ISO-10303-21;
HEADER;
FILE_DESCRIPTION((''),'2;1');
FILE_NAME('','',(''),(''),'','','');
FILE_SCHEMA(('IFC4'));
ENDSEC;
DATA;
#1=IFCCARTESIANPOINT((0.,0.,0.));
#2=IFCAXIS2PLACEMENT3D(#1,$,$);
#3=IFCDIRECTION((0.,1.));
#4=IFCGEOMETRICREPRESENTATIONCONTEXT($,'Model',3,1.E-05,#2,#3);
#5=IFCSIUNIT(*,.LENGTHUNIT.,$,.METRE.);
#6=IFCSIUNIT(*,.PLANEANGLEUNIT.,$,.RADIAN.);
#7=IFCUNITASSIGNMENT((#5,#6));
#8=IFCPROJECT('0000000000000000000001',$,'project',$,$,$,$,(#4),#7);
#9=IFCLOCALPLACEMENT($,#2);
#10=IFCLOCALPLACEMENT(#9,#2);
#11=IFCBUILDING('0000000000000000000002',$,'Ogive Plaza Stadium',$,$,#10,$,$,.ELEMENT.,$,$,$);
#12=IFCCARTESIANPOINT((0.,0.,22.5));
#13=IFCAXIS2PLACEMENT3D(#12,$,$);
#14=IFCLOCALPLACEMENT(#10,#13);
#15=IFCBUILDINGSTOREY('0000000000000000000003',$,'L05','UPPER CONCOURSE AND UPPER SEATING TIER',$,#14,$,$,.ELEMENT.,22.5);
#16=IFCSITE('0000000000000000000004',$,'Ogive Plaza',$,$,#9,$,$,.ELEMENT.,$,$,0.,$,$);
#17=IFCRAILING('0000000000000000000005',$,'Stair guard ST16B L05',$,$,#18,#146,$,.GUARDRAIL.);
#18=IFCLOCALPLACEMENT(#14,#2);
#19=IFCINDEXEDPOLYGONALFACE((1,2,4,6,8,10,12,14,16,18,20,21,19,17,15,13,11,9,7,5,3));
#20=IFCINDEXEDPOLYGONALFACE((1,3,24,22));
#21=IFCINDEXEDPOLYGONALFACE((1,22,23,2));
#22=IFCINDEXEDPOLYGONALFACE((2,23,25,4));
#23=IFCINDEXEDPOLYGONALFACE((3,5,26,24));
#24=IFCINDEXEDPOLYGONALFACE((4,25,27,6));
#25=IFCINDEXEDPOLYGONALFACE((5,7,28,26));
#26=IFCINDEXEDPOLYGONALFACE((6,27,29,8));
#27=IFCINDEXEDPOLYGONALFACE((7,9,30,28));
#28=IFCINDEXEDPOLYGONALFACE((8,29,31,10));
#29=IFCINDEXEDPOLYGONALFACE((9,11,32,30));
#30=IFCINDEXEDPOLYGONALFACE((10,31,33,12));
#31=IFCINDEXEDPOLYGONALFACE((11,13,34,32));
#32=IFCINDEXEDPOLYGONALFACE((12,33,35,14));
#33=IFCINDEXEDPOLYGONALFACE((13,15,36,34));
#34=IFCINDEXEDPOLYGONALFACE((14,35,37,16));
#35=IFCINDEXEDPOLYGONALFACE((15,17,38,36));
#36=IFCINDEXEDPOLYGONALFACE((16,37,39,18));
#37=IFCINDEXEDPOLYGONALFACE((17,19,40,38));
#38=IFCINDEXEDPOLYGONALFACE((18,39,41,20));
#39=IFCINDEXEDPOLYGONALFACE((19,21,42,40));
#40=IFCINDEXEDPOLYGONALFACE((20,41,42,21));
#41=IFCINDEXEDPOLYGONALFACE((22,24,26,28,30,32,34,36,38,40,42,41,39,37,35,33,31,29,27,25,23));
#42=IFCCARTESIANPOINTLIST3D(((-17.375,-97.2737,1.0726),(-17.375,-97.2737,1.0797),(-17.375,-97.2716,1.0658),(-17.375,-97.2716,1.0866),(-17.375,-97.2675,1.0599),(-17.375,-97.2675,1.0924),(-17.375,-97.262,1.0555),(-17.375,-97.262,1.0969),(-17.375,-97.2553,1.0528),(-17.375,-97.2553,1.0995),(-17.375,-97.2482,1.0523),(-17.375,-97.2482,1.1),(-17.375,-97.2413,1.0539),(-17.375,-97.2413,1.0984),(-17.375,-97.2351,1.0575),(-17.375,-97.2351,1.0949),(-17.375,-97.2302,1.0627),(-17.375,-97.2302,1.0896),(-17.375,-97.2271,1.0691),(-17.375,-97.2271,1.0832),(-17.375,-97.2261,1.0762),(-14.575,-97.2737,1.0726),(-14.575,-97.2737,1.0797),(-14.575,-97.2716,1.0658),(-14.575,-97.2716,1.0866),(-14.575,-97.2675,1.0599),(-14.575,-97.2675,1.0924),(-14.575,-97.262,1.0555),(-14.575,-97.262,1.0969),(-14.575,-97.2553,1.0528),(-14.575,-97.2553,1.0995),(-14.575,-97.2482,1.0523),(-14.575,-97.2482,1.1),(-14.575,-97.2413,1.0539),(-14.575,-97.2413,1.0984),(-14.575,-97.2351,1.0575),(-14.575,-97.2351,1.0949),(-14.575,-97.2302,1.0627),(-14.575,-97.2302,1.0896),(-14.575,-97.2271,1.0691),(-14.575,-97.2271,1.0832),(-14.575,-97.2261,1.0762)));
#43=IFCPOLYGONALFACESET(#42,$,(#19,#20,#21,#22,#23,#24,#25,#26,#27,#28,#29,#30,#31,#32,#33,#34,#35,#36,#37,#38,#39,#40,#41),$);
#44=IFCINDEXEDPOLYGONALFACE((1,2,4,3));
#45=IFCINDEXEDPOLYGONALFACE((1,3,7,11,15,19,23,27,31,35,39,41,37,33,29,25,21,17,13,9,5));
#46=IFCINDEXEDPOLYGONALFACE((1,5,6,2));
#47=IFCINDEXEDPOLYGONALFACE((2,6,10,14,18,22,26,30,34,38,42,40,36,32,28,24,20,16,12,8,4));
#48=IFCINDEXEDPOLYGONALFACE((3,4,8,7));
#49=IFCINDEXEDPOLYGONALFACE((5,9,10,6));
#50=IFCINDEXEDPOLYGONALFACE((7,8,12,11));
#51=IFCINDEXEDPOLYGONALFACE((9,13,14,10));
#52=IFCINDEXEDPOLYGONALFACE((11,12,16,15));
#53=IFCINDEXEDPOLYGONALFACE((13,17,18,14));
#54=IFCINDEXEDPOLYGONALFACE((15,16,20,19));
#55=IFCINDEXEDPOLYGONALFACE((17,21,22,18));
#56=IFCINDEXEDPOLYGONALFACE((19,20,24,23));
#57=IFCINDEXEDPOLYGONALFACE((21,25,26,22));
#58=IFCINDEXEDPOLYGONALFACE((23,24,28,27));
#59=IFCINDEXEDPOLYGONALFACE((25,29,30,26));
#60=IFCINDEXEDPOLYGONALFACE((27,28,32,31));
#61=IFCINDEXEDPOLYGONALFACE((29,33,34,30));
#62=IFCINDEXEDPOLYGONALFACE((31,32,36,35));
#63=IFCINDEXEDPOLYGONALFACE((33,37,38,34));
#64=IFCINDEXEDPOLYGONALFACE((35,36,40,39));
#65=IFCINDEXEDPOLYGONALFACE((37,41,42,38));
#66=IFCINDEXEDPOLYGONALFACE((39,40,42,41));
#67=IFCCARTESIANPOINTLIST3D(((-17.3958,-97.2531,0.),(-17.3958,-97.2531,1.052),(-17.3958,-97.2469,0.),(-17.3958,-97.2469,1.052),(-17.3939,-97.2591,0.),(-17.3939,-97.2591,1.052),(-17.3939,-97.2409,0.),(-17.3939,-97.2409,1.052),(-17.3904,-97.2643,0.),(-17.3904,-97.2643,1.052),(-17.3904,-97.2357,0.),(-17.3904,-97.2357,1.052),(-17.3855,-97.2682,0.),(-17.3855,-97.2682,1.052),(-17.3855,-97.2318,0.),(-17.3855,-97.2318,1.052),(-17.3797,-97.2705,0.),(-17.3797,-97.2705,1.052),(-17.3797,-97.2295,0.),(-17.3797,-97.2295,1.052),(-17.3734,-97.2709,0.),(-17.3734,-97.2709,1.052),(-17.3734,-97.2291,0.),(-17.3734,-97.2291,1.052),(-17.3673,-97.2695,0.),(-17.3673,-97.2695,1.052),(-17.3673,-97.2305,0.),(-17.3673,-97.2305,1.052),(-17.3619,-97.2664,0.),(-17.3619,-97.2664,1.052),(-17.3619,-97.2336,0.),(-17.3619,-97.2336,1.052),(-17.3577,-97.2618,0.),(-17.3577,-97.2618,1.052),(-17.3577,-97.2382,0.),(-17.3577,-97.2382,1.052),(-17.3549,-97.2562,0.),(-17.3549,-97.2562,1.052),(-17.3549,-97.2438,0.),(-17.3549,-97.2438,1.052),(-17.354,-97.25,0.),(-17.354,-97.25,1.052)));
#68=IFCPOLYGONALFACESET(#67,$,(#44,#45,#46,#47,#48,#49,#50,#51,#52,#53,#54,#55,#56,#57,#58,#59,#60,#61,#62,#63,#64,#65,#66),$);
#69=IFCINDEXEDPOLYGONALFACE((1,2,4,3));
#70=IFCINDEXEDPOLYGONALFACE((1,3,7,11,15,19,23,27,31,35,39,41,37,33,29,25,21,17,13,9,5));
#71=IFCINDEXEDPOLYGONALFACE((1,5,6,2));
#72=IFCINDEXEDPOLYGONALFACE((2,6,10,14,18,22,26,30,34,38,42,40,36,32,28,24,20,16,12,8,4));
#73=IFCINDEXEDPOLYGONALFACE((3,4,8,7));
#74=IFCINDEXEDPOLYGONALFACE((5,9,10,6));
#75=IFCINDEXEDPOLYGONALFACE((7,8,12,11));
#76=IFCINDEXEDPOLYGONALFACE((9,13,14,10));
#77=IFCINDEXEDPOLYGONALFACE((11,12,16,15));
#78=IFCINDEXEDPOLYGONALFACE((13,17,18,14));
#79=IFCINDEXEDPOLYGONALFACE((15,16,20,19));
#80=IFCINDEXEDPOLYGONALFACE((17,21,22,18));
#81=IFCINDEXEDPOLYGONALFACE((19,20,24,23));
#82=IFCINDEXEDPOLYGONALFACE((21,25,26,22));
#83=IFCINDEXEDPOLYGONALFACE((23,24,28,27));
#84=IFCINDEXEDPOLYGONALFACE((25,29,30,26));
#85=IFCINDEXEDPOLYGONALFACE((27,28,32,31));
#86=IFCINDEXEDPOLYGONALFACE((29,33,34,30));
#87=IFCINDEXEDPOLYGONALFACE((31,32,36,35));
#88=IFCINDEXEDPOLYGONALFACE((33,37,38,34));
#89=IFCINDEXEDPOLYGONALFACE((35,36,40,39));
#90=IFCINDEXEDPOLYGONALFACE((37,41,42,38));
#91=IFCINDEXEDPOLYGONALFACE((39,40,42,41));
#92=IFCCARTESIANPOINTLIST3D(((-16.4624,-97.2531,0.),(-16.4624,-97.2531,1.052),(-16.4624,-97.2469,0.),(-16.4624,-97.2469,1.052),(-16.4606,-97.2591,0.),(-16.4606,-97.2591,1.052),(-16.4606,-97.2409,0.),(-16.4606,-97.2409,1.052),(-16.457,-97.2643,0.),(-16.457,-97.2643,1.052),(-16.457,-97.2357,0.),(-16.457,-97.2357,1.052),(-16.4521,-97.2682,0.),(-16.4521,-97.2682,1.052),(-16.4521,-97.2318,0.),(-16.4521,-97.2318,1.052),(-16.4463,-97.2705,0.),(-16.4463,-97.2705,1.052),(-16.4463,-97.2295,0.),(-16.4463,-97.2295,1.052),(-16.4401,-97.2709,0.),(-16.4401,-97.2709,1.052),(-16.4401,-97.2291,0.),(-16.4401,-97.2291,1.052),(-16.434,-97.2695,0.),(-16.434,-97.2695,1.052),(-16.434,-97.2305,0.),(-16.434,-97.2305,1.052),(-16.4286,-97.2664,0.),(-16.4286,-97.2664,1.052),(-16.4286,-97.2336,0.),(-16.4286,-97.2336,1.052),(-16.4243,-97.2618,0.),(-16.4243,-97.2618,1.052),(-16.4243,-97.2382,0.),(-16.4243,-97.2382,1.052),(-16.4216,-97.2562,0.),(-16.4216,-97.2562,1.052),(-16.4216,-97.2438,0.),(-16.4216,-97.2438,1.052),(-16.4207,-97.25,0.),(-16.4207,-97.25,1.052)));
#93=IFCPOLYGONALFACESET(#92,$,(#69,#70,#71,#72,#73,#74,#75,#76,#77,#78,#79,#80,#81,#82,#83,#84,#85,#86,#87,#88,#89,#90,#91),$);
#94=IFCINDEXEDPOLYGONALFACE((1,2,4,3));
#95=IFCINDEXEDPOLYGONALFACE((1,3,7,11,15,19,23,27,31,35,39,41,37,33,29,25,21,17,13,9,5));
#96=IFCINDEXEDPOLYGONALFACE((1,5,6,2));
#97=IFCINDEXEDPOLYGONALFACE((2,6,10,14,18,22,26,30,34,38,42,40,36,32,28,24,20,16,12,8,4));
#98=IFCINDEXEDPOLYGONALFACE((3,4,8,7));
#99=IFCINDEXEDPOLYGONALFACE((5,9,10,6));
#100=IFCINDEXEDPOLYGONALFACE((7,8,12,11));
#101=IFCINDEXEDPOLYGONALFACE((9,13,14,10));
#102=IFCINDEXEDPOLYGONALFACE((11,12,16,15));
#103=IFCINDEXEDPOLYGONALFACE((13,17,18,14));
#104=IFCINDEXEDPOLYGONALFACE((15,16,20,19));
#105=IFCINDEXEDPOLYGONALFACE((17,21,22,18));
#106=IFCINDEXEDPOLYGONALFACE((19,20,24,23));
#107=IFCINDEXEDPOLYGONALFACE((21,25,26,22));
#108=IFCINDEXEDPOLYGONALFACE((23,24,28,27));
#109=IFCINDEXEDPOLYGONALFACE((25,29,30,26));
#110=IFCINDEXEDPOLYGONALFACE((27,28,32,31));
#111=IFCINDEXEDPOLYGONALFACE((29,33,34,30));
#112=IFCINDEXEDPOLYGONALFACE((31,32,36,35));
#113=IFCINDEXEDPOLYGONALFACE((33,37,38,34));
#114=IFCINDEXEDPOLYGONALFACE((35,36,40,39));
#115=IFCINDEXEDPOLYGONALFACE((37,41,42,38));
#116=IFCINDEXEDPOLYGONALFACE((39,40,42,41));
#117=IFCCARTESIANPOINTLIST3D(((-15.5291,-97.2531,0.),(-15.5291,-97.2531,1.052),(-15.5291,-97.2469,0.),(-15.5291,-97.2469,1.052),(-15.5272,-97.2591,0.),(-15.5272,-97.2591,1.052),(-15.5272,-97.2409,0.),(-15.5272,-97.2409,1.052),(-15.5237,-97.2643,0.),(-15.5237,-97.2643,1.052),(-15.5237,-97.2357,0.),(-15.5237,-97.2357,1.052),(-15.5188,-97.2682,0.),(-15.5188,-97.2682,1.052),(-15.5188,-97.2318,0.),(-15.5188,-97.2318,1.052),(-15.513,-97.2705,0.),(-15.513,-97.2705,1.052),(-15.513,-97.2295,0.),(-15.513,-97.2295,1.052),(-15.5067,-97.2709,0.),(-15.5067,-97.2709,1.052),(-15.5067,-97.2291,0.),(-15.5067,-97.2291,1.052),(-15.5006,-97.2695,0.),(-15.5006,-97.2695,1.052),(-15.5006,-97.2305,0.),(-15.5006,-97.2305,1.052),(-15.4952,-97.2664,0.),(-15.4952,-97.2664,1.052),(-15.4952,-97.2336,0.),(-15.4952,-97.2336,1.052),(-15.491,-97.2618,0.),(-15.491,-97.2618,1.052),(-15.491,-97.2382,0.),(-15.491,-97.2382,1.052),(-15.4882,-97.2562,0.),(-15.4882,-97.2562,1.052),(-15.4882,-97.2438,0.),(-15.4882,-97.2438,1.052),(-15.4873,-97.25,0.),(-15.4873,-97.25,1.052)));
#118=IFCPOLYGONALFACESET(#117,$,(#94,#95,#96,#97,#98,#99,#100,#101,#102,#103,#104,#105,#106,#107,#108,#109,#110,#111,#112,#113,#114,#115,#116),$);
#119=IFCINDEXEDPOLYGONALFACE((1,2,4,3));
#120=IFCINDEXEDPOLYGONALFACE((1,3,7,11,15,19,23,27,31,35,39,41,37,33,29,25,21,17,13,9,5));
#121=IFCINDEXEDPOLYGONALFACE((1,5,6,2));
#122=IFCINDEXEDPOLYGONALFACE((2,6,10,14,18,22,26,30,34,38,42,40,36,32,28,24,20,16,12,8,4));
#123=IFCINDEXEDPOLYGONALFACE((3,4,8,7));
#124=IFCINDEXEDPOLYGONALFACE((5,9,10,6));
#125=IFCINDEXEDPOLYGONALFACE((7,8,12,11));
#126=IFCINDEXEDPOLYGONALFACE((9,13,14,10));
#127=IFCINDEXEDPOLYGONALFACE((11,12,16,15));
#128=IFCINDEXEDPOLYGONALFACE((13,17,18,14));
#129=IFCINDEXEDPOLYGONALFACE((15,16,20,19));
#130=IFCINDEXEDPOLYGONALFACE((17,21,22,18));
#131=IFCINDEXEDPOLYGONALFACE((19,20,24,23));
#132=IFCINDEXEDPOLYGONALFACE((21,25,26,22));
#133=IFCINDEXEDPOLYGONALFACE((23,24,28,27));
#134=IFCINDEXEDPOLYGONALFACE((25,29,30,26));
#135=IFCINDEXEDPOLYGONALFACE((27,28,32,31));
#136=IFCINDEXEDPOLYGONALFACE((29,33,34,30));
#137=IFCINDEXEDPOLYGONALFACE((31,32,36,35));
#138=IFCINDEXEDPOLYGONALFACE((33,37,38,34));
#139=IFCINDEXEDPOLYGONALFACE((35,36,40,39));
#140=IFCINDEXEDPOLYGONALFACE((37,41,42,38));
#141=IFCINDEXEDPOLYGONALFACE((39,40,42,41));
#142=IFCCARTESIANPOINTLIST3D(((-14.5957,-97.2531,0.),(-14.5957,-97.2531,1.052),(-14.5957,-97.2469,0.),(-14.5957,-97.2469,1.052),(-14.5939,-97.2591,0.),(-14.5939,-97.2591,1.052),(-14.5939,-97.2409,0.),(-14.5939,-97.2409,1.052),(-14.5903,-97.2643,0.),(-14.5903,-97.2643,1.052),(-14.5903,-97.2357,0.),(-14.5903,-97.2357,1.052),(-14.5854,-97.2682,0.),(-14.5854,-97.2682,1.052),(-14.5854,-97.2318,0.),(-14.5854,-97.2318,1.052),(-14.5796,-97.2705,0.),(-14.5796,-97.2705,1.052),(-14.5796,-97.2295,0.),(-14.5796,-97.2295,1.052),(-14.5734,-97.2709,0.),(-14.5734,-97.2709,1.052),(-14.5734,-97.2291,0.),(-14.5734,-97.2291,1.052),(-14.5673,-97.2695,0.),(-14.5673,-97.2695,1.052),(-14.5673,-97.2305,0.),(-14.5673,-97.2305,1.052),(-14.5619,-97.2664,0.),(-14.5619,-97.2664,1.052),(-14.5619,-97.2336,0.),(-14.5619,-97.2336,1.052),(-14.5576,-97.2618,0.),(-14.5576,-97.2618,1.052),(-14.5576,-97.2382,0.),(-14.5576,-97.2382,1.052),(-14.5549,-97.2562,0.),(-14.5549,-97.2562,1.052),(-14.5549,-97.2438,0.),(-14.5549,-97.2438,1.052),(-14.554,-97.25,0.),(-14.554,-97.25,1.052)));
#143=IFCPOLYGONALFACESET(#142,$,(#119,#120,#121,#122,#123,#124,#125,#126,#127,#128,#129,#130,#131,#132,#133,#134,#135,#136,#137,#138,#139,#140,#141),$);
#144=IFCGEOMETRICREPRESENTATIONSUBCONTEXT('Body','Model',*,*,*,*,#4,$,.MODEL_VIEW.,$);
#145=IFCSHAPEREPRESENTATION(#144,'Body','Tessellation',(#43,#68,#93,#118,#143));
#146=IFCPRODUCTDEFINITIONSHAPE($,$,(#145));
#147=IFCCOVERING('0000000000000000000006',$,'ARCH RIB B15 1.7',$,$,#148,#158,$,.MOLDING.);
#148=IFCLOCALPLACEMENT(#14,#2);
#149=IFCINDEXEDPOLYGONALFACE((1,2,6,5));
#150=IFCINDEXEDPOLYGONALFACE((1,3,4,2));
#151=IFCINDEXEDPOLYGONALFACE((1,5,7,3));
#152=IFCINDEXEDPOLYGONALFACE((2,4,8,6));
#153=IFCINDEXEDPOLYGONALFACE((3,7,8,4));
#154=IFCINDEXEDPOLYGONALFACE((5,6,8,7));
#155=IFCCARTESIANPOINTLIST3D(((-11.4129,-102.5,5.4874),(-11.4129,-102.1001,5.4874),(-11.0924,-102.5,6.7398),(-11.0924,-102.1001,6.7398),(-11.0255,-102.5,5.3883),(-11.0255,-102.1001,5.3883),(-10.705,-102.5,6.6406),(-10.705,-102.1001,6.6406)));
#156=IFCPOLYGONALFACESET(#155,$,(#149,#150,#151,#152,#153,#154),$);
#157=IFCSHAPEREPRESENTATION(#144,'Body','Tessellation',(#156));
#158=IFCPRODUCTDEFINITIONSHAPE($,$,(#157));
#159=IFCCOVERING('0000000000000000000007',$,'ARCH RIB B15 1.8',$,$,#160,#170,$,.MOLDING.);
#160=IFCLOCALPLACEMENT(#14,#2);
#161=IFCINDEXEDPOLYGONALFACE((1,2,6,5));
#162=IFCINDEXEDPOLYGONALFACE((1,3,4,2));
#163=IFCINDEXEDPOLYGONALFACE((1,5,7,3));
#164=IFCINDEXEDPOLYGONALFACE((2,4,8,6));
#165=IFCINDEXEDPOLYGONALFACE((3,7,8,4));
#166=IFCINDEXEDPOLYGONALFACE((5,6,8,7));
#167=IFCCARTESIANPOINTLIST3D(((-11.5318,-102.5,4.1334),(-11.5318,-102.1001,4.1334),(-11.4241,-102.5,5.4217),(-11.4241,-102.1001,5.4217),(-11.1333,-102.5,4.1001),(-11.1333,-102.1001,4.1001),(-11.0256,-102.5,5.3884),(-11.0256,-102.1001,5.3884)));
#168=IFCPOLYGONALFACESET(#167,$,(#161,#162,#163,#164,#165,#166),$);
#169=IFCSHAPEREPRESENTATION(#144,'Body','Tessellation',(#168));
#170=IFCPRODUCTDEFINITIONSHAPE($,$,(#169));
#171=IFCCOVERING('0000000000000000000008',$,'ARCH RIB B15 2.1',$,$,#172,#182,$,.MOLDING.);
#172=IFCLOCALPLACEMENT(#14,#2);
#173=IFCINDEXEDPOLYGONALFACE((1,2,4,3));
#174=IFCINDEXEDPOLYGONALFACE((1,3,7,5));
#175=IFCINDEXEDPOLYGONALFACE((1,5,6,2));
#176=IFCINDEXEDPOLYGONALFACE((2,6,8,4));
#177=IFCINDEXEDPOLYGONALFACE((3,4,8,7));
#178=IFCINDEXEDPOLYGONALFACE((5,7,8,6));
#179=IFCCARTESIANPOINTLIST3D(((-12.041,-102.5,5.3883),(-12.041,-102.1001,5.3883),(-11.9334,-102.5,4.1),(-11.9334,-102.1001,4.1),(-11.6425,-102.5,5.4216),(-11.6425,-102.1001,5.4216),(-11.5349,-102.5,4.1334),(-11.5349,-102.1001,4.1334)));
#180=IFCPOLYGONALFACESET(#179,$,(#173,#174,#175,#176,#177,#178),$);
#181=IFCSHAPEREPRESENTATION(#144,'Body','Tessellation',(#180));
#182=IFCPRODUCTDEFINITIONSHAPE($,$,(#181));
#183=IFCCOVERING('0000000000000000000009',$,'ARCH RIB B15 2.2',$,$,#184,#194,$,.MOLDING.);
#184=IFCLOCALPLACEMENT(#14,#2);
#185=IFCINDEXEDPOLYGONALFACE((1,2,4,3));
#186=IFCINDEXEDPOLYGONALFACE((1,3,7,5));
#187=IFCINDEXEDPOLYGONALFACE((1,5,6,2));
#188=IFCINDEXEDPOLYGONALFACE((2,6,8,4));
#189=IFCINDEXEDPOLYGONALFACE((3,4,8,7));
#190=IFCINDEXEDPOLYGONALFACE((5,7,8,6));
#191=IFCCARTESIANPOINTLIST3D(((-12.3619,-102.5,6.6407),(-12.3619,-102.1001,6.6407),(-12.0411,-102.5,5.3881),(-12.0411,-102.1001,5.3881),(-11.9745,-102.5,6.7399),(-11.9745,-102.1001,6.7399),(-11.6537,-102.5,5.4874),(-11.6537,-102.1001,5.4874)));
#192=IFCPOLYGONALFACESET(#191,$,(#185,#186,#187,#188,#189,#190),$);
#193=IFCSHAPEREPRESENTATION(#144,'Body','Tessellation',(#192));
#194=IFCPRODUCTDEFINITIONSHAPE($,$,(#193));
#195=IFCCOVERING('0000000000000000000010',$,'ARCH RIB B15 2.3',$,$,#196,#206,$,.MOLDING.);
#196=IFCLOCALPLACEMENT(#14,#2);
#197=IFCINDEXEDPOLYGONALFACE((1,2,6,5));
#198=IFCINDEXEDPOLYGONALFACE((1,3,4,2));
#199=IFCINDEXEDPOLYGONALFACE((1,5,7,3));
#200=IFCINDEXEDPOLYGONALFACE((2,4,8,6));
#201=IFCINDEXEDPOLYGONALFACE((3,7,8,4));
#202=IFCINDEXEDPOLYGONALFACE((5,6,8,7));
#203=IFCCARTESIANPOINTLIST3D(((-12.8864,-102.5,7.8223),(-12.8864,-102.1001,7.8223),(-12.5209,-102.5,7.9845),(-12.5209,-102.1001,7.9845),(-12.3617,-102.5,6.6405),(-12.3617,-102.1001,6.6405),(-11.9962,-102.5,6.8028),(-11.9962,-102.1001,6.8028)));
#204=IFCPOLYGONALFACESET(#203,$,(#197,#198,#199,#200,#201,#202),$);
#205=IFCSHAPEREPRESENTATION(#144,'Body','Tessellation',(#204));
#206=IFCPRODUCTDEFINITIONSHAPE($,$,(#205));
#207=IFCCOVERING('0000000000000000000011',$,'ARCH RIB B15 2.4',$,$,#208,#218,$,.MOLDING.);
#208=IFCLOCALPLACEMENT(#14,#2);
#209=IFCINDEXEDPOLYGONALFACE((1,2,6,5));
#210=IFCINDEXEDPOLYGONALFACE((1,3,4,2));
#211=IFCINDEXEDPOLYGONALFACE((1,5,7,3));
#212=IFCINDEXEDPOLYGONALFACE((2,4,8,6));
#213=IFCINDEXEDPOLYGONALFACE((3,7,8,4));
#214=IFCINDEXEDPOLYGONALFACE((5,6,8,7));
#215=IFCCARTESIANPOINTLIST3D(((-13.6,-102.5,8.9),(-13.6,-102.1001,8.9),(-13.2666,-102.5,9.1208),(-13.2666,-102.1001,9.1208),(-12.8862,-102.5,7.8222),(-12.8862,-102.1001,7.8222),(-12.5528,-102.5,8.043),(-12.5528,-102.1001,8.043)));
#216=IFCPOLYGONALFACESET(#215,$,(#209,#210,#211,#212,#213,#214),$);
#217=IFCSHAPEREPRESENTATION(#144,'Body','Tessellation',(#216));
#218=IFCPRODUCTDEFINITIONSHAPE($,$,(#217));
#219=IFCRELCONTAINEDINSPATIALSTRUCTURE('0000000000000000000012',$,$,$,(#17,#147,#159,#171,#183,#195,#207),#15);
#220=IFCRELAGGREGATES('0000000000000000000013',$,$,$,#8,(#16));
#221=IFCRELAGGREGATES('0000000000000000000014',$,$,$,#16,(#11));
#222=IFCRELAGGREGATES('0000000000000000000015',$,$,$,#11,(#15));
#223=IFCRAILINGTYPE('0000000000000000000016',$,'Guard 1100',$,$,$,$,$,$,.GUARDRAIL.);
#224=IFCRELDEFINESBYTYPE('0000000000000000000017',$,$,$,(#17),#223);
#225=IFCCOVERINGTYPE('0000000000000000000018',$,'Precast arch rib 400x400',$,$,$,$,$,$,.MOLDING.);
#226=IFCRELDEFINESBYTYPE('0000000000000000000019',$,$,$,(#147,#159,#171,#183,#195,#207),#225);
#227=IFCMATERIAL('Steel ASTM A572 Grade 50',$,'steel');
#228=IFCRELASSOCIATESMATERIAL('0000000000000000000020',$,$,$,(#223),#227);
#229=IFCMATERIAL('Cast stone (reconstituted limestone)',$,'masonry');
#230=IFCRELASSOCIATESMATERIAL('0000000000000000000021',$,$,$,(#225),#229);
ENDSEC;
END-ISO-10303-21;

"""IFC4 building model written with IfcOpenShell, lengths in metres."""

from ifc_helpers import new_model, si_unit, direction, frame, origin, origin_2d, place, context, subcontext, project, spatial, rectangle, circle, extrude, material, material_profile, profile_set, type_object, element, save


model = new_model("IFC4")

# Units and contexts
model_context = context("Model", 3, precision=1e-05, world=origin(), true_north=direction((0.0, 1.0)))
body_context = subcontext(model_context, "Body", "Model", "MODEL_VIEW")
ifc_project = project(units=[si_unit("LENGTHUNIT", "METRE"), si_unit("PLANEANGLEUNIT", "RADIAN")], contexts=[model_context])

# Site, building, storey
site_placement = place(None, origin())
site = spatial("IfcSite", under=ifc_project, at=site_placement, Name="Ogive Plaza", CompositionType="ELEMENT", RefElevation=0.0)
building_placement = place(site_placement, origin())
building = spatial("IfcBuilding", under=site, at=building_placement, Name="Ogive Plaza Stadium", CompositionType="ELEMENT")
storey_placement = place(building_placement, frame((0.0, 0.0, 22.5)))
storey = spatial("IfcBuildingStorey", under=building, at=storey_placement, Name="L05", Description="UPPER CONCOURSE AND UPPER SEATING TIER", CompositionType="ELEMENT", Elevation=22.5)

# Railing
ifc_material_1 = material(Name="Steel ASTM A572 Grade 50", Category="steel")
railing_type = type_object("IfcRailingType", Name="Guard 1100", PredefinedType="GUARDRAIL", material=ifc_material_1)
railing_1_placement = place(storey_placement, frame((-17.375, -97.25, 0.0)))
element("IfcRailing", 1, at=railing_1_placement, inside=storey, type_object=railing_type, Name="Stair guard ST16B L05", PredefinedType="GUARDRAIL", context=body_context, shape_type="SweptSolid", body=[
    extrude(circle(Radius=0.0239, at=origin_2d()), frame((0.0, 0.0, 1.0762), z_axis=(1.0, 0.0, 0.0), x_axis=(0.0, 1.0, 0.0)), (0.0, 0.0, 1.0), 2.8),
    extrude(circle(Radius=0.021, at=origin_2d()), origin(), (0.0, 0.0, 1.0), 1.052),
    extrude(circle(Radius=0.021, at=origin_2d()), frame((0.9333, 0.0, 0.0)), (0.0, 0.0, 1.0), 1.052),
    extrude(circle(Radius=0.021, at=origin_2d()), frame((1.8667, 0.0, 0.0)), (0.0, 0.0, 1.0), 1.052),
    extrude(circle(Radius=0.021, at=origin_2d()), frame((2.8, 0.0, 0.0)), (0.0, 0.0, 1.0), 1.052),
])

# Coverings
ifc_material_2 = material(Name="Cast stone (reconstituted limestone)", Category="masonry")
ifc_material_profile_1 = material_profile(ifc_material_2, rectangle(XDim=0.3999, YDim=0.3999, at=origin_2d()), Name="Cast stone 400x400")
ifc_profile_set_1 = profile_set([ifc_material_profile_1], Name="Cast stone (reconstituted limestone)")
covering_type_1 = type_object("IfcCoveringType", Name="Precast arch rib 400x400", PredefinedType="MOLDING", material=ifc_profile_set_1)
for number, where, z_axis, x_axis, name in (
    (2, (-10.8987, -102.3, 6.6902), (-0.247953, 0.0, -0.968772), (0.0, -1.0, 0.0), "ARCH RIB B15 1.7"),
    (3, (-11.2249, -102.3, 5.405), (-0.08328, 0.0, -0.996526), (0.0, -1.0, 0.0), "ARCH RIB B15 1.8"),
    (4, (-11.7341, -102.3, 4.1167), (-0.08328, 0.0, 0.996526), (0.0, -1.0, 0.0), "ARCH RIB B15 2.1"),
):
    element("IfcCovering", number, at=place(storey_placement, frame(where, z_axis=z_axis, x_axis=x_axis)), inside=storey, type_object=covering_type_1, Name=name, PredefinedType="MOLDING", context=body_context, shape_type="SweptSolid", body=[
        extrude(rectangle(XDim=0.3999, YDim=0.3999, at=origin_2d()), origin(), (0.0, 0.0, 1.0), 1.2927),
    ])
for number, where, z_axis, x_axis, name in (
    (5, (-11.8474, -102.3, 5.4377), (-0.24813, 0.0, 0.968727), (0.0, -1.0, 0.0), "ARCH RIB B15 2.2"),
    (6, (-12.179, -102.3, 6.7217), (-0.405806, 0.0, 0.913959), (0.0, -1.0, 0.0), "ARCH RIB B15 2.3"),
):
    element("IfcCovering", number, at=place(storey_placement, frame(where, z_axis=z_axis, x_axis=x_axis)), inside=storey, type_object=covering_type_1, Name=name, PredefinedType="MOLDING", context=body_context, shape_type="SweptSolid", body=[
        extrude(rectangle(XDim=0.3999, YDim=0.3999, at=origin_2d()), origin(), (0.0, 0.0, 1.0), 1.293),
    ])
covering_1_placement = place(storey_placement, frame((-12.7195, -102.3, 7.9326), z_axis=(-0.55217, 0.0, 0.833731), x_axis=(0.0, -1.0, 0.0)))
element("IfcCovering", 7, at=covering_1_placement, inside=storey, type_object=covering_type_1, Name="ARCH RIB B15 2.4", PredefinedType="MOLDING", context=body_context, shape_type="SweptSolid", body=[
    extrude(rectangle(XDim=0.3999, YDim=0.3999, at=origin_2d()), origin(), (0.0, 0.0, 1.0), 1.2927),
])

save(model, "model.ifc")
